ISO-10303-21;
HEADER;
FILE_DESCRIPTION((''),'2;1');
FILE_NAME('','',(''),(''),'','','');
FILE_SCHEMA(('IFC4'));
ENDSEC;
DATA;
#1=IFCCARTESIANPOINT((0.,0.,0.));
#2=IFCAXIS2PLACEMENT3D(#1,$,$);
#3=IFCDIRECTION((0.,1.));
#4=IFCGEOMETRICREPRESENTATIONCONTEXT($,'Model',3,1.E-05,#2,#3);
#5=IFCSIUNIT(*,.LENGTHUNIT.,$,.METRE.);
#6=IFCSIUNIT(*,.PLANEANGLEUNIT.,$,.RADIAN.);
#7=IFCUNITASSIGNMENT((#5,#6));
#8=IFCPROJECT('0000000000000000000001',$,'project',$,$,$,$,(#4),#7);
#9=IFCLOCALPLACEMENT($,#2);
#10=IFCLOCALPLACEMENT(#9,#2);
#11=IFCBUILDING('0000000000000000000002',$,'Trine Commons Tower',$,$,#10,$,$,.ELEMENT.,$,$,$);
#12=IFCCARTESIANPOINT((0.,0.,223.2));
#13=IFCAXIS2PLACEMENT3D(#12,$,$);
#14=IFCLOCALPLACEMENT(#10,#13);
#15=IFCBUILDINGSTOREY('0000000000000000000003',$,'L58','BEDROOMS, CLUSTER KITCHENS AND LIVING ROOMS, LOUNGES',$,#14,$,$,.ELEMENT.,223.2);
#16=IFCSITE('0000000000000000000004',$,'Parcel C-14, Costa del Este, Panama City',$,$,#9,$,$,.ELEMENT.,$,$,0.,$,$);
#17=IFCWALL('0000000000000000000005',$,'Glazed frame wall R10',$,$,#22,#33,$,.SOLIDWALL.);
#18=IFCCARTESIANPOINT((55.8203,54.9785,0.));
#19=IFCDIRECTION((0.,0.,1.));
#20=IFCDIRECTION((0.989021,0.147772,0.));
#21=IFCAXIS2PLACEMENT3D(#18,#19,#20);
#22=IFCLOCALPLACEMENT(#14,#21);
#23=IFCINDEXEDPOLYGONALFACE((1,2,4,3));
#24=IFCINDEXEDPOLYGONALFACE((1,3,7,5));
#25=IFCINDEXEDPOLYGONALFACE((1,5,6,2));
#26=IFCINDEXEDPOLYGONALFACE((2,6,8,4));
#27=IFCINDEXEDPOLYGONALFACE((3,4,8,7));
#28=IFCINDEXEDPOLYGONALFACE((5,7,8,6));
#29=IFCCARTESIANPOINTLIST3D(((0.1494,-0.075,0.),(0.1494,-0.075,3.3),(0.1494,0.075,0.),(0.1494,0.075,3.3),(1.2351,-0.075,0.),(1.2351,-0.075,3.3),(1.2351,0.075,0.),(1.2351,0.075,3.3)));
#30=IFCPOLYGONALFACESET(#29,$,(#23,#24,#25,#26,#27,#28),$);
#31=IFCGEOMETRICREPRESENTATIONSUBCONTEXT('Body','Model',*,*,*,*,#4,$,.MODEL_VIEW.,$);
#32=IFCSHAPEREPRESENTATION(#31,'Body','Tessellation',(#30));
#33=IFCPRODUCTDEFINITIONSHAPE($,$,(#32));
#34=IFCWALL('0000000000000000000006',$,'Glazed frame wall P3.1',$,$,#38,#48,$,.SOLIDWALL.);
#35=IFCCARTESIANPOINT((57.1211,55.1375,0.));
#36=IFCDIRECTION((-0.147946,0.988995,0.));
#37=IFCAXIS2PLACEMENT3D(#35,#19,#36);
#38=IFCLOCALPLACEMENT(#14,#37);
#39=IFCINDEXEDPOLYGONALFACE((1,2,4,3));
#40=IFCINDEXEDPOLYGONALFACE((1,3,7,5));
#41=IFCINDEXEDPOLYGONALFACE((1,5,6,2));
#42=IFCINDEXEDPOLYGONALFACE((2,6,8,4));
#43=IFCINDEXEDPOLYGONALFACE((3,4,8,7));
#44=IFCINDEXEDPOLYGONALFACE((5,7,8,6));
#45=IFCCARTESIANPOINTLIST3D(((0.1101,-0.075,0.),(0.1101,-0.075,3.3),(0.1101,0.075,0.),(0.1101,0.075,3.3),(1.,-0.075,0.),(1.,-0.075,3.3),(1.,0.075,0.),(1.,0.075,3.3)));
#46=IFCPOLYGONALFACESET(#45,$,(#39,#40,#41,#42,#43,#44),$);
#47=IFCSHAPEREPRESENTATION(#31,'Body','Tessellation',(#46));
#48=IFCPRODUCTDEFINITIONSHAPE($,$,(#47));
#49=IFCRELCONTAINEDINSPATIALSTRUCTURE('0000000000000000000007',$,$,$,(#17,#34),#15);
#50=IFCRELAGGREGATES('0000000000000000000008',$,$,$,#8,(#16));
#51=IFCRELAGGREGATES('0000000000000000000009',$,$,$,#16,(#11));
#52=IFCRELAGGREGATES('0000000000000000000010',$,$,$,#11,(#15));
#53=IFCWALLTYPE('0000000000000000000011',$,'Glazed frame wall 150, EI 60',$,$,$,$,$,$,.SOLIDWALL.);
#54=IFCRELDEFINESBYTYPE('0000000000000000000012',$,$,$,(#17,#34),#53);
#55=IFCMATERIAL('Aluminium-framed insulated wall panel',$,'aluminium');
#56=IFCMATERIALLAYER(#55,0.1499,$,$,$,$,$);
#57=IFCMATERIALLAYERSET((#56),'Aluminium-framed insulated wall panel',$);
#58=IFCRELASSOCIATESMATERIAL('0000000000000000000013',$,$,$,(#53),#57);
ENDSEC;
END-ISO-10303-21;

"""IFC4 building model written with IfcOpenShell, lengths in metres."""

from ifc_helpers import new_model, si_unit, direction, frame, origin, place, context, subcontext, project, spatial, polyline, outline, extrude, material, layer, layer_set, type_object, element, save


model = new_model("IFC4")

# Units and contexts
model_context = context("Model", 3, precision=1e-05, world=origin(), true_north=direction((0.0, 1.0)))
body_context = subcontext(model_context, "Body", "Model", "MODEL_VIEW")
ifc_project = project(units=[si_unit("LENGTHUNIT", "METRE"), si_unit("PLANEANGLEUNIT", "RADIAN")], contexts=[model_context])

# Site, building, storey
site_placement = place(None, origin())
site = spatial("IfcSite", under=ifc_project, at=site_placement, Name="Parcel C-14, Costa del Este, Panama City", CompositionType="ELEMENT", RefElevation=0.0)
building_placement = place(site_placement, origin())
building = spatial("IfcBuilding", under=site, at=building_placement, Name="Trine Commons Tower", CompositionType="ELEMENT")
storey_placement = place(building_placement, frame((0.0, 0.0, 223.2)))
storey = spatial("IfcBuildingStorey", under=building, at=storey_placement, Name="L58", Description="BEDROOMS, CLUSTER KITCHENS AND LIVING ROOMS, LOUNGES", CompositionType="ELEMENT", Elevation=223.2)

# Walls
ifc_material_1 = material(Name="Aluminium-framed insulated wall panel", Category="aluminium")
ifc_layer_1 = layer(ifc_material_1, 0.1499)
ifc_layer_set_1 = layer_set([ifc_layer_1], Name="Aluminium-framed insulated wall panel")
wall_type_1 = type_object("IfcWallType", Name="Glazed frame wall 150, EI 60", PredefinedType="SOLIDWALL", material=ifc_layer_set_1)
wall_1_placement = place(storey_placement, frame((55.8203, 54.9785, 0.0), z_axis=(0.0, 0.0, 1.0), x_axis=(0.989021, 0.147772, 0.0)))
element("IfcWall", 1, at=wall_1_placement, inside=storey, type_object=wall_type_1, Name="Glazed frame wall R10", PredefinedType="SOLIDWALL", context=body_context, shape_type="SweptSolid", body=[
    extrude(outline(polyline([(0.1494, 0.075), (0.1494, -0.075), (1.2351, -0.075), (1.2351, 0.075), (0.1494, 0.075)])), origin(), (0.0, 0.0, 1.0), 3.3),
])
wall_2_placement = place(storey_placement, frame((57.1211, 55.1375, 0.0), z_axis=(0.0, 0.0, 1.0), x_axis=(-0.147946, 0.988995, 0.0)))
element("IfcWall", 2, at=wall_2_placement, inside=storey, type_object=wall_type_1, Name="Glazed frame wall P3.1", PredefinedType="SOLIDWALL", context=body_context, shape_type="SweptSolid", body=[
    extrude(outline(polyline([(0.1101, -0.075), (1.0, -0.075), (1.0, 0.075), (0.1101, 0.075), (0.1101, -0.075)])), origin(), (0.0, 0.0, 1.0), 3.3),
])

save(model, "model.ifc")
